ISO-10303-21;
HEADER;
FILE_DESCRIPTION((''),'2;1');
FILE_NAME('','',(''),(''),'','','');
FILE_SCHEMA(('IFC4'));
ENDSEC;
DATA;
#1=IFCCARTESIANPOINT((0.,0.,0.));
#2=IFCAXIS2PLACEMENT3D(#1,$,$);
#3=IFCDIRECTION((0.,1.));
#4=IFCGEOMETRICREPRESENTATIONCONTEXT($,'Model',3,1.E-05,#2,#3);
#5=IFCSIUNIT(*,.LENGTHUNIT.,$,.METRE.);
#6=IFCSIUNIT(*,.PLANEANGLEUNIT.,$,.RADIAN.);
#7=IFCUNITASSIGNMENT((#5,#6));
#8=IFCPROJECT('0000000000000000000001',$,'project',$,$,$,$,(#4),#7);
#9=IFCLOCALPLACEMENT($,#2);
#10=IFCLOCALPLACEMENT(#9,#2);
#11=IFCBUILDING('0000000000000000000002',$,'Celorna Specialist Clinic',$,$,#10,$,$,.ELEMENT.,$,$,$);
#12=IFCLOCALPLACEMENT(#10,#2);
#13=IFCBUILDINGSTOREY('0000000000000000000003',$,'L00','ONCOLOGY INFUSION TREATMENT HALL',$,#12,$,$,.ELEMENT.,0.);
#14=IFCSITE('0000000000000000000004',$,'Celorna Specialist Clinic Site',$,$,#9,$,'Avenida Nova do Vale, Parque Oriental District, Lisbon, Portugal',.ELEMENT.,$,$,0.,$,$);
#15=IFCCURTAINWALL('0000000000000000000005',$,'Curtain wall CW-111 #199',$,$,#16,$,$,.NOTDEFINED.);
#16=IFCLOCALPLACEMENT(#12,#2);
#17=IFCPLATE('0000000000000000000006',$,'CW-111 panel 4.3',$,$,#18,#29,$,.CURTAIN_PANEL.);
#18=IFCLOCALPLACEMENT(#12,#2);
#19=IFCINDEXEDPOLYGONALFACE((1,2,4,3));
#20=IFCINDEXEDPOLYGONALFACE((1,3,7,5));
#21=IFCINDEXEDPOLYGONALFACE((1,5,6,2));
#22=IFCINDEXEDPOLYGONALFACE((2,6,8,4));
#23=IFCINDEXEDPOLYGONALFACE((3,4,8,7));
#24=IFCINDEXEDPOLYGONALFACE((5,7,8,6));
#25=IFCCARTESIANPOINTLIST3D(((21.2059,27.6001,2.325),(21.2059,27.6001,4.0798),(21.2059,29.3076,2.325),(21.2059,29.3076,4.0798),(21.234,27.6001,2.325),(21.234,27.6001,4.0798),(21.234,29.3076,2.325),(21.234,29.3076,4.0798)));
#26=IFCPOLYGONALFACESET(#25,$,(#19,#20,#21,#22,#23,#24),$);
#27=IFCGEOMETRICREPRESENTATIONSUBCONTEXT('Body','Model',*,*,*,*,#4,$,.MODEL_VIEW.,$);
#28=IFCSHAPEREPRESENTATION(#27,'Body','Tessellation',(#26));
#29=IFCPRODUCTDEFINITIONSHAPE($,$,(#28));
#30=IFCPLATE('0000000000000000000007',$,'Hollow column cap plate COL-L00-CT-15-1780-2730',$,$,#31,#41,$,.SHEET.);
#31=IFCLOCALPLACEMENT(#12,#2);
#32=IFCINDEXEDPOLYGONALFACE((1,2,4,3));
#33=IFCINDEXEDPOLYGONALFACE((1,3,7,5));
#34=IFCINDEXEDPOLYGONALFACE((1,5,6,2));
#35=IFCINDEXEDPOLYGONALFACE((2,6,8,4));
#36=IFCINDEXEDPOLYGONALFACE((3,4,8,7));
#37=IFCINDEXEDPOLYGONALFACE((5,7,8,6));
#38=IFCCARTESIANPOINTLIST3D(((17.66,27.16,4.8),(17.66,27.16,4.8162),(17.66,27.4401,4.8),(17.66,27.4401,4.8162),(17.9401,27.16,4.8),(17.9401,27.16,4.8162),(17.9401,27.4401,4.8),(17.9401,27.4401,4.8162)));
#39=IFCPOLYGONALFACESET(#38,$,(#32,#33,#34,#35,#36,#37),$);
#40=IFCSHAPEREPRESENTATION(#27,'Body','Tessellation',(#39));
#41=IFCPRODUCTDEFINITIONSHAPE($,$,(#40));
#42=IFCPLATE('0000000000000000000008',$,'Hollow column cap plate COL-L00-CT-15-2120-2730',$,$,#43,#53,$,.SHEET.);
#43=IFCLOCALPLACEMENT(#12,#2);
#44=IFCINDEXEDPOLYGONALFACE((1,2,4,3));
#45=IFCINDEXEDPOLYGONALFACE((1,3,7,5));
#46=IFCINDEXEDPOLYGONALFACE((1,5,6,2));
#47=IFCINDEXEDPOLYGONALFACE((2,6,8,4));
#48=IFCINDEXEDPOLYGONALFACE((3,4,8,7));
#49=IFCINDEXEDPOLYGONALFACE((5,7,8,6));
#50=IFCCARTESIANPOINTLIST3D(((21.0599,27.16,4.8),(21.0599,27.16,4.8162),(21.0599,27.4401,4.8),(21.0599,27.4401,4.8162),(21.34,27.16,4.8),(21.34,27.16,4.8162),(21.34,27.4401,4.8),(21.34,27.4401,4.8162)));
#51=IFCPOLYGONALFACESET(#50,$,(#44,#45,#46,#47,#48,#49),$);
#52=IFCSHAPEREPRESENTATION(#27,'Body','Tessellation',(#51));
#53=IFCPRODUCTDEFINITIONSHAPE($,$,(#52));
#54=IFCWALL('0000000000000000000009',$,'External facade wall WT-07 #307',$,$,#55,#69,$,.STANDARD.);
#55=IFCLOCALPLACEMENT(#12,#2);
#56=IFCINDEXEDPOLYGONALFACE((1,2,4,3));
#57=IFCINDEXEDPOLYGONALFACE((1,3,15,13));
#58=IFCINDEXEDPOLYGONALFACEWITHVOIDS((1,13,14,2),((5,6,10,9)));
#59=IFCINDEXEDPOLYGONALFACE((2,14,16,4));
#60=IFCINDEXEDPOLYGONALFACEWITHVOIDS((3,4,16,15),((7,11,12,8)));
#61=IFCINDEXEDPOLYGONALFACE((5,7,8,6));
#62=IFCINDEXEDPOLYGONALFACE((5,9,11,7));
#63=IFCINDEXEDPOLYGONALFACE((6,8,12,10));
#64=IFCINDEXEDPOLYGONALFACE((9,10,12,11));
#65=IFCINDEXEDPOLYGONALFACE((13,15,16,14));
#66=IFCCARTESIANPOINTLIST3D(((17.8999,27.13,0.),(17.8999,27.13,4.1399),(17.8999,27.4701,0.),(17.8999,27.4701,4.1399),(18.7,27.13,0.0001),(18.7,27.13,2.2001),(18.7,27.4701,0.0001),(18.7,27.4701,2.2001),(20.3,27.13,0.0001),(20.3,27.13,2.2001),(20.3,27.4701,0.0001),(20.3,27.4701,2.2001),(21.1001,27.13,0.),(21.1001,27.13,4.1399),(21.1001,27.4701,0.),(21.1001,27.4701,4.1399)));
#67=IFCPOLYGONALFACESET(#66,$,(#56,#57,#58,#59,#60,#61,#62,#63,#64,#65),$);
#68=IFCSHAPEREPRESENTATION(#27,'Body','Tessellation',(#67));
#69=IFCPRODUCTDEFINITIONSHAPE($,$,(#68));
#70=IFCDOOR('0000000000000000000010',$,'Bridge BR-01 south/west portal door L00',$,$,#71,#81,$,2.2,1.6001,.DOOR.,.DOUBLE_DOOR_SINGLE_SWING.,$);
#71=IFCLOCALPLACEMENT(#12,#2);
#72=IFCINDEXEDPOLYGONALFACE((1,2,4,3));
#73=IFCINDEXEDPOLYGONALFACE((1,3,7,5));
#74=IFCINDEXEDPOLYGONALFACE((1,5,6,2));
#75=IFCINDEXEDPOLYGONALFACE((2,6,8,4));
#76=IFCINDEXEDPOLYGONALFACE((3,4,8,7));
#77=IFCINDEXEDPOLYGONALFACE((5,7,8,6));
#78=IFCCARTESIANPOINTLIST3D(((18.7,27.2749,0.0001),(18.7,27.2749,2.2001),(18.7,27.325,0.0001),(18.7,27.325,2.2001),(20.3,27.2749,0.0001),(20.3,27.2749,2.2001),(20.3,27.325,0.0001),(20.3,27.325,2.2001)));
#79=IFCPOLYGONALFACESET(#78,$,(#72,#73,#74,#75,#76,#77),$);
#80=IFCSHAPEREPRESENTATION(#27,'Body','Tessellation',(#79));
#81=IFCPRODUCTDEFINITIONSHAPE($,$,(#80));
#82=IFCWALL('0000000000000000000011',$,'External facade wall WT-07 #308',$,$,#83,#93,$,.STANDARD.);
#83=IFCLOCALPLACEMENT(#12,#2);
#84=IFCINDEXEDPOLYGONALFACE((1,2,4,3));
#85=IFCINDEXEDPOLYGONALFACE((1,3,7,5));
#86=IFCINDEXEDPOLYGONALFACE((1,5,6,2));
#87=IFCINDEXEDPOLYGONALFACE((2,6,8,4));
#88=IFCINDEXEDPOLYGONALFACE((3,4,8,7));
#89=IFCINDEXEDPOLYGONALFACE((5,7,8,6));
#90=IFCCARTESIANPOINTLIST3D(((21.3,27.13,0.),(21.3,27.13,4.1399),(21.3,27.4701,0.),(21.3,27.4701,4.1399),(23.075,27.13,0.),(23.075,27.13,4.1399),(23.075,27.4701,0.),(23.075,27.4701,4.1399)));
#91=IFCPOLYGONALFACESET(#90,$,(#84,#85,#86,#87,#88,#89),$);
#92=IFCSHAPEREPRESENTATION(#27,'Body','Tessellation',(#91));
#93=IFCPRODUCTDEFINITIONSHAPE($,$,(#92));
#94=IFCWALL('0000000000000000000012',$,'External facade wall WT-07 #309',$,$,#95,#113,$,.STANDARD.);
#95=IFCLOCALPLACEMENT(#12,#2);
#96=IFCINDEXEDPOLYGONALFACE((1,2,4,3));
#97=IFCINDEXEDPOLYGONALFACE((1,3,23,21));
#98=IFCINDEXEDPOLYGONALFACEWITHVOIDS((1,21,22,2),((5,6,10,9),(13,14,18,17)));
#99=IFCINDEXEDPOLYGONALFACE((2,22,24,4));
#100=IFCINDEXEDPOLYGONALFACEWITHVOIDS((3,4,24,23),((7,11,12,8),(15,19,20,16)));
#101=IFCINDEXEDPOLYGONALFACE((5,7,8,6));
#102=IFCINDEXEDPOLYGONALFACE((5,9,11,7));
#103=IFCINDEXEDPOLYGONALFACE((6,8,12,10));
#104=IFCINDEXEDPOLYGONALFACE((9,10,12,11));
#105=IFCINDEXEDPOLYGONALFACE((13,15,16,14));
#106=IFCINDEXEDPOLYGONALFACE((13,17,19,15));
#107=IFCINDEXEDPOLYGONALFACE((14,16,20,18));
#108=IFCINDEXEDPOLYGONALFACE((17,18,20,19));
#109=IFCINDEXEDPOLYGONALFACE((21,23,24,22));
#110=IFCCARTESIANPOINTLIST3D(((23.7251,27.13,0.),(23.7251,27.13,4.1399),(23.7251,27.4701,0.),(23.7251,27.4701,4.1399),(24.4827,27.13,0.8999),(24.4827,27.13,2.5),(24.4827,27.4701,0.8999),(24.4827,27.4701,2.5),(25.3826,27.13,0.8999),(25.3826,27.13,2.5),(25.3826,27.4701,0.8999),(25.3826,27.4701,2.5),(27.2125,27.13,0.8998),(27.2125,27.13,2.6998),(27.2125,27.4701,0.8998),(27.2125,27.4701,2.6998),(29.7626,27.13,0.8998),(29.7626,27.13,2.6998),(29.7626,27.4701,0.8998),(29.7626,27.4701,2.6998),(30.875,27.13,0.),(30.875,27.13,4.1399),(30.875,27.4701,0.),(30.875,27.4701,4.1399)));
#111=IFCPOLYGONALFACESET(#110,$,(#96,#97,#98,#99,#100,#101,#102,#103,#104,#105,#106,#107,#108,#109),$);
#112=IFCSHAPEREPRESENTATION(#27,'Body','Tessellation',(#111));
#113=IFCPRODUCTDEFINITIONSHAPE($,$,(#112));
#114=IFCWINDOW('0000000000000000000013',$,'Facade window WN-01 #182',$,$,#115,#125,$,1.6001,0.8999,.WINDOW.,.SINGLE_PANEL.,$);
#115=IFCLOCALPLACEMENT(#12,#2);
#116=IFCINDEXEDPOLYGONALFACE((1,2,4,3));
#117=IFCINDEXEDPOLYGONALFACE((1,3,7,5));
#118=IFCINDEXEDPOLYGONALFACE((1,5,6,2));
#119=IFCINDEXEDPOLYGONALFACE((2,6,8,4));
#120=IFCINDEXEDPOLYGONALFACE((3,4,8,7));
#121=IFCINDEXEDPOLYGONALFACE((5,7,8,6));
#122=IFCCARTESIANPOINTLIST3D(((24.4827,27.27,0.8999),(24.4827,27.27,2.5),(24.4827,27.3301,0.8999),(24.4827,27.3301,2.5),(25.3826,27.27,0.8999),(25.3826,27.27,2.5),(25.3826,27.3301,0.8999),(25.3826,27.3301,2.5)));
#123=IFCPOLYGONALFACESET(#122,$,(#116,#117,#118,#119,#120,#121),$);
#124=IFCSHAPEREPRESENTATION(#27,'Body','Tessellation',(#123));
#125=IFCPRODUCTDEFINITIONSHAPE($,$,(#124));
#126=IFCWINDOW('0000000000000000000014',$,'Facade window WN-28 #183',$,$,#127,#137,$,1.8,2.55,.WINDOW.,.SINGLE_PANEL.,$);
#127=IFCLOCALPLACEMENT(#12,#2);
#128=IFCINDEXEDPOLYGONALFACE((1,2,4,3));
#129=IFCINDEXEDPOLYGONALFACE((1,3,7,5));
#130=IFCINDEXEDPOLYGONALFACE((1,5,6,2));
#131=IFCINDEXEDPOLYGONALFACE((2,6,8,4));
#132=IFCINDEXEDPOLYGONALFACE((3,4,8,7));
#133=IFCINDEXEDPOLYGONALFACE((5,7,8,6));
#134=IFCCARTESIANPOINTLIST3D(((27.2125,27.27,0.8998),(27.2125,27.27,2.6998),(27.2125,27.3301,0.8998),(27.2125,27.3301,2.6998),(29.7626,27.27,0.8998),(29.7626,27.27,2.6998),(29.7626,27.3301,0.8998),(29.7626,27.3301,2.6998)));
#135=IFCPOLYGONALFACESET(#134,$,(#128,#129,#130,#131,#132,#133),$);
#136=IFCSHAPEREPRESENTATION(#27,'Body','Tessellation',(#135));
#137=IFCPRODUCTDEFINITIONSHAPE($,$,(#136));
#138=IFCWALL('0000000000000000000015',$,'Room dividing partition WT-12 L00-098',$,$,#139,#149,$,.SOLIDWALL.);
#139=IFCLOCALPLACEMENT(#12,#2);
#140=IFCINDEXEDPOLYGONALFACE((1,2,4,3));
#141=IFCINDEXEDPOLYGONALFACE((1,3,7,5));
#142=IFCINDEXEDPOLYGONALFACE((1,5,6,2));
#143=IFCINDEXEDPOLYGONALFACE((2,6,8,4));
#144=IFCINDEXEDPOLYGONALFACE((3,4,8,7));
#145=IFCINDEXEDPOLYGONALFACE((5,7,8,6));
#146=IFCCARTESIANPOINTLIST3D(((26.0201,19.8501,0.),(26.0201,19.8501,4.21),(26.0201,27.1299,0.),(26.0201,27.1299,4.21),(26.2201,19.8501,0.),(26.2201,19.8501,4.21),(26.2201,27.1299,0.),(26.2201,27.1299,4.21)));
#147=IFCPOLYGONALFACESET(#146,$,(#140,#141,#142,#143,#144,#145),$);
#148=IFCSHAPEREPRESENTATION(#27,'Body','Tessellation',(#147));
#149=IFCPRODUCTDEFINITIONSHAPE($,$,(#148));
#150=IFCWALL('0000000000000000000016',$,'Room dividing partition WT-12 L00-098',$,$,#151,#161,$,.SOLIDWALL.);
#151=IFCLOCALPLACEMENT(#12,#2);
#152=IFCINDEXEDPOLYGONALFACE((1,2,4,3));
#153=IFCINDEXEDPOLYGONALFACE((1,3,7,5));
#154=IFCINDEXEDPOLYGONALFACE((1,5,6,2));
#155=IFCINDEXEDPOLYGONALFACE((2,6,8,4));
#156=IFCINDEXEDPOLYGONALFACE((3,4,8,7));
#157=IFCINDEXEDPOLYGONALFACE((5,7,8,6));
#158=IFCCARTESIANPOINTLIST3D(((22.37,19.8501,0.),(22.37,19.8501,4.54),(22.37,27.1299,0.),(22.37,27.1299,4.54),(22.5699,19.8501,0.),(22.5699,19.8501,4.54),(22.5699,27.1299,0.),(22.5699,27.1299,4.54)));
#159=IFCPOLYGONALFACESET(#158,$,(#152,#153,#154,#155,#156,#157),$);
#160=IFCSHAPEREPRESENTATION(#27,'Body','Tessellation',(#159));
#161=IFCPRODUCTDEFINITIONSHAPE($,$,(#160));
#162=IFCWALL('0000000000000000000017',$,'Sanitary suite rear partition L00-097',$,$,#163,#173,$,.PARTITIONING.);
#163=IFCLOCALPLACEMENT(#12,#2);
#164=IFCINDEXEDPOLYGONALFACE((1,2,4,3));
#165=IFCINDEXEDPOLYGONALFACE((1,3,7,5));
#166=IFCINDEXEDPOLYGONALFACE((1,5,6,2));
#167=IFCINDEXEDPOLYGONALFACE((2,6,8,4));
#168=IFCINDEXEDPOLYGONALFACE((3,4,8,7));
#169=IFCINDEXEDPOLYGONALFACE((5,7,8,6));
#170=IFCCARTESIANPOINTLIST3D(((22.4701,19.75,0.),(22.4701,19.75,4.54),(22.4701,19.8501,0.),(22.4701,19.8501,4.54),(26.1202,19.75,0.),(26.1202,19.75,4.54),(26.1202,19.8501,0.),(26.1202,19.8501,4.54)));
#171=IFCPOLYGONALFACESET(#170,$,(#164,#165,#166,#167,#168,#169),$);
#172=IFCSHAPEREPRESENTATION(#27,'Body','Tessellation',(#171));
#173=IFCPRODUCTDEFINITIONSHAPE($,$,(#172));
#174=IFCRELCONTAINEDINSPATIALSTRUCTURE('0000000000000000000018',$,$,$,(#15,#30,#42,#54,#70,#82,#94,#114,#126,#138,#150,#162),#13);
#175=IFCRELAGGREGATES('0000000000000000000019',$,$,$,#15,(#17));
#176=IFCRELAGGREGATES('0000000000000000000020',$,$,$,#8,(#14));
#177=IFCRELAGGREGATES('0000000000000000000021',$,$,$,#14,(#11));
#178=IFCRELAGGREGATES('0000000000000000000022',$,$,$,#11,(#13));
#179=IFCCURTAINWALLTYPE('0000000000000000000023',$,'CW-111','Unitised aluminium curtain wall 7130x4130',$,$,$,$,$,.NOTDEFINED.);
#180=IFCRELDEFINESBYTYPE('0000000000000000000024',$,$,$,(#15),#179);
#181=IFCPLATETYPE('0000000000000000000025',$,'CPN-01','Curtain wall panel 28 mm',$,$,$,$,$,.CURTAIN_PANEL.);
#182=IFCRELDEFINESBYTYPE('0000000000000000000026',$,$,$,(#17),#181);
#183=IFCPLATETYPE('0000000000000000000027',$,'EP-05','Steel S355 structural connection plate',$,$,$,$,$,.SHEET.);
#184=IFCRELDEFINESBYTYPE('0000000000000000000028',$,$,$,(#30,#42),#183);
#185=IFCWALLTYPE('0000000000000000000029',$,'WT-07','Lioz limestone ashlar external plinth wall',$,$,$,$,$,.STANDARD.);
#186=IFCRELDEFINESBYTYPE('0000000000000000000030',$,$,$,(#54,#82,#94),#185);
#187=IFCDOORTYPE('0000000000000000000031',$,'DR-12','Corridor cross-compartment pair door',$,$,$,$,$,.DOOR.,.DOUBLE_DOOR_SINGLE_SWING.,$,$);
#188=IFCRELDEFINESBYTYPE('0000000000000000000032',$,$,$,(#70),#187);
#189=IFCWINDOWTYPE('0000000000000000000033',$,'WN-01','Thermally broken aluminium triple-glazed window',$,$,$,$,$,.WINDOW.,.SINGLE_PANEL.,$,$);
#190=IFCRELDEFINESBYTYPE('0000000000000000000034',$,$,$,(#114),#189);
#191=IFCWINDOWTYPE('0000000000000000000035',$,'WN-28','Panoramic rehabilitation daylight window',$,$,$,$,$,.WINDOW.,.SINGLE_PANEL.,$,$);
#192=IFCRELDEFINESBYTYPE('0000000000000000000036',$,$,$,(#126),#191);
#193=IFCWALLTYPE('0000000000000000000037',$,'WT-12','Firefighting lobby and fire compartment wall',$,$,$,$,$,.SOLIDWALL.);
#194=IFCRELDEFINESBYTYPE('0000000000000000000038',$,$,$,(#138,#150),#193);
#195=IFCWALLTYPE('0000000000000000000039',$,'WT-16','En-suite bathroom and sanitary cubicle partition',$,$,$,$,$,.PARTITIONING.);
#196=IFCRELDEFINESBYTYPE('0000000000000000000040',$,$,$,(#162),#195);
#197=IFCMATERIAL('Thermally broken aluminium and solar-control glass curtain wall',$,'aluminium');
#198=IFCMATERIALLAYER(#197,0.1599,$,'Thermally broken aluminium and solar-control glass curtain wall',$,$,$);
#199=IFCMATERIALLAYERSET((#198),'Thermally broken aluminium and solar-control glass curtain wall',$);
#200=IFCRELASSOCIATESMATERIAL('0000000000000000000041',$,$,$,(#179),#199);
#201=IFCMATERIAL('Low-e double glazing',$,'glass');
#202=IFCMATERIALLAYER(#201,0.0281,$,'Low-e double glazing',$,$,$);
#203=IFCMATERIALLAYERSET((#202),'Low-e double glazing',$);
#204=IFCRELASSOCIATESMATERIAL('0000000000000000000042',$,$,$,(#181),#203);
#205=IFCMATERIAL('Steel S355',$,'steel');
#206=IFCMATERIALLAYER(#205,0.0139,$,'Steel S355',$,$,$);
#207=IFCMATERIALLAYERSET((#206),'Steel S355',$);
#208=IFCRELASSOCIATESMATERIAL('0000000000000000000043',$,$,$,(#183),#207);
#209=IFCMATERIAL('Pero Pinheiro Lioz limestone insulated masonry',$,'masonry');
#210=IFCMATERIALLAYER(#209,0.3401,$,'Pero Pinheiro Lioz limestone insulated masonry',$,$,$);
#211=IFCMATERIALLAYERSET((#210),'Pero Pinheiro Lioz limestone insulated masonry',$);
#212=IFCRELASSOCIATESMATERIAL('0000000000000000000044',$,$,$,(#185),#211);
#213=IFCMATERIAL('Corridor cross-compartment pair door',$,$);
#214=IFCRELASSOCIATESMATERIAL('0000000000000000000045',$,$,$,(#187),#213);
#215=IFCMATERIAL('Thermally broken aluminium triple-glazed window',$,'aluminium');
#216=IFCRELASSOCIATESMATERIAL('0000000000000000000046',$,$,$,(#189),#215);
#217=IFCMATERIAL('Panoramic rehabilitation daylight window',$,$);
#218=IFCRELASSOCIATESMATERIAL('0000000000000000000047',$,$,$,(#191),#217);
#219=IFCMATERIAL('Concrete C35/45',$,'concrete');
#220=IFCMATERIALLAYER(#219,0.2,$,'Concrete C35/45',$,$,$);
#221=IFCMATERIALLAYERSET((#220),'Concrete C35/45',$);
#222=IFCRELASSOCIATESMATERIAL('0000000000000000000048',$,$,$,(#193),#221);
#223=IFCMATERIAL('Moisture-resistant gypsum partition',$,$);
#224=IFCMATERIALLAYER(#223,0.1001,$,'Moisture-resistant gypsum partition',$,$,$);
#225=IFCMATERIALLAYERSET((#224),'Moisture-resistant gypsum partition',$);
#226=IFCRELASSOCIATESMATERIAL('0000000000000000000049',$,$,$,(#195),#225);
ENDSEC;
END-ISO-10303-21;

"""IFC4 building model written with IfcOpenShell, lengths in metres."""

from ifc_helpers import new_model, si_unit, direction, frame, frame_2d, origin, origin_2d, place, context, subcontext, project, spatial, rectangle, extrude, material, layer, layer_set, type_object, element, fill, aggregate, save


model = new_model("IFC4")

# Units and contexts
model_context = context("Model", 3, precision=1e-05, world=origin(), true_north=direction((0.0, 1.0)))
body_context = subcontext(model_context, "Body", "Model", "MODEL_VIEW")
ifc_project = project(units=[si_unit("LENGTHUNIT", "METRE"), si_unit("PLANEANGLEUNIT", "RADIAN")], contexts=[model_context])

# Site, building, storey
site_placement = place(None, origin())
site = spatial("IfcSite", under=ifc_project, at=site_placement, Name="Celorna Specialist Clinic Site", LongName="Avenida Nova do Vale, Parque Oriental District, Lisbon, Portugal", CompositionType="ELEMENT", RefElevation=0.0)
building_placement = place(site_placement, origin())
building = spatial("IfcBuilding", under=site, at=building_placement, Name="Celorna Specialist Clinic", CompositionType="ELEMENT")
storey_placement = place(building_placement, origin())
storey = spatial("IfcBuildingStorey", under=building, at=storey_placement, Name="L00", Description="ONCOLOGY INFUSION TREATMENT HALL", CompositionType="ELEMENT", Elevation=0.0)

# Shared definitions
ifc_material_1 = material(Name="Steel S355", Category="steel")

# Shared definitions
ifc_material_2 = material(Name="Concrete C35/45", Category="concrete")

# Curtain wall
ifc_material_3 = material(Name="Thermally broken aluminium and solar-control glass curtain wall", Category="aluminium")
ifc_layer_1 = layer(ifc_material_3, 0.1599, Name="Thermally broken aluminium and solar-control glass curtain wall")
ifc_layer_set_1 = layer_set([ifc_layer_1], Name="Thermally broken aluminium and solar-control glass curtain wall")
curtain_wall_type = type_object("IfcCurtainWallType", Name="CW-111", Description="Unitised aluminium curtain wall 7130x4130", PredefinedType="NOTDEFINED", material=ifc_layer_set_1)
curtain_wall_1_placement = place(storey_placement, origin())
curtain_wall_1 = element("IfcCurtainWall", 1, at=curtain_wall_1_placement, inside=storey, type_object=curtain_wall_type, Name="Curtain wall CW-111 #199", PredefinedType="NOTDEFINED")

# Shared definitions
ifc_material_4 = material(Name="Low-e double glazing", Category="glass")
ifc_layer_2 = layer(ifc_material_4, 0.0281, Name="Low-e double glazing")
ifc_layer_set_2 = layer_set([ifc_layer_2], Name="Low-e double glazing")
plate_type_1 = type_object("IfcPlateType", Name="CPN-01", Description="Curtain wall panel 28 mm", PredefinedType="CURTAIN_PANEL", material=ifc_layer_set_2)

# Plate
plate_1_placement = place(storey_placement, frame((21.22, 28.4539, 2.325), z_axis=(0.0, 0.0, 1.0), x_axis=(0.0, -1.0, 0.0)))
plate_1 = element("IfcPlate", 2, at=plate_1_placement, type_object=plate_type_1, Name="CW-111 panel 4.3", PredefinedType="CURTAIN_PANEL", context=body_context, shape_type="SweptSolid", body=[
    extrude(rectangle(XDim=1.7075, YDim=0.0281, at=origin_2d()), origin(), (0.0, 0.0, 1.0), 1.7549),
])
aggregate(curtain_wall_1, [plate_1])

# Plates
ifc_layer_3 = layer(ifc_material_1, 0.0139, Name="Steel S355")
ifc_layer_set_3 = layer_set([ifc_layer_3], Name="Steel S355")
plate_type_2 = type_object("IfcPlateType", Name="EP-05", Description="Steel S355 structural connection plate", PredefinedType="SHEET", material=ifc_layer_set_3)
for number, where, z_axis, x_axis, name in (
    (3, (17.8, 27.3, 4.8), (0.0, 0.0, 1.0), (1.0, 0.0, 0.0), "Hollow column cap plate COL-L00-CT-15-1780-2730"),
    (4, (21.2, 27.3, 4.8), (0.0, 0.0, 1.0), (1.0, 0.0, 0.0), "Hollow column cap plate COL-L00-CT-15-2120-2730"),
):
    element("IfcPlate", number, at=place(storey_placement, frame(where, z_axis=z_axis, x_axis=x_axis)), inside=storey, type_object=plate_type_2, Name=name, PredefinedType="SHEET", context=body_context, shape_type="SweptSolid", body=[
        extrude(rectangle(XDim=0.28, YDim=0.28, at=origin_2d()), origin(), (0.0, 0.0, 1.0), 0.0161),
    ])

# Wall, opening, door
ifc_material_5 = material(Name="Pero Pinheiro Lioz limestone insulated masonry", Category="masonry")
ifc_layer_4 = layer(ifc_material_5, 0.3401, Name="Pero Pinheiro Lioz limestone insulated masonry")
ifc_layer_set_4 = layer_set([ifc_layer_4], Name="Pero Pinheiro Lioz limestone insulated masonry")
wall_type_1 = type_object("IfcWallType", Name="WT-07", Description="Lioz limestone ashlar external plinth wall", PredefinedType="STANDARD", material=ifc_layer_set_4)
wall_1_placement = place(storey_placement, frame((17.8999, 27.3, 0.0), z_axis=(0.0, 0.0, 1.0), x_axis=(1.0, 0.0, 0.0)))
wall_1 = element("IfcWall", 5, at=wall_1_placement, inside=storey, type_object=wall_type_1, Name="External facade wall WT-07 #307", PredefinedType="STANDARD", context=body_context, shape_type="SweptSolid", body=[
    extrude(rectangle(XDim=3.2002, YDim=0.3401, at=frame_2d((1.6001, 0.0))), origin(), (0.0, 0.0, 1.0), 4.1399),
])
opening_1_placement = place(wall_1_placement, frame((0.8, 0.0, 0.0)))
opening_1 = element("IfcOpeningElement", 6, at=opening_1_placement, cuts=wall_1, PredefinedType="OPENING", context=body_context, shape_type="SweptSolid", body=[
    extrude(rectangle(XDim=1.6001, YDim=2.2, at=frame_2d((0.8, 1.1001))), frame((0.0, 0.1799, 0.0), z_axis=(0.0, -1.0, 0.0), x_axis=(1.0, 0.0, 0.0)), (0.0, 0.0, 1.0), 0.3601),
])
ifc_material_6 = material(Name="Corridor cross-compartment pair door")
door_type = type_object("IfcDoorType", Name="DR-12", Description="Corridor cross-compartment pair door", OperationType="DOUBLE_DOOR_SINGLE_SWING", PredefinedType="DOOR", material=ifc_material_6)
door_placement = place(opening_1_placement, origin())
door = element("IfcDoor", 7, at=door_placement, inside=storey, type_object=door_type, Name="Bridge BR-01 south/west portal door L00", OperationType="DOUBLE_DOOR_SINGLE_SWING", OverallHeight=2.2, OverallWidth=1.6001, PredefinedType="DOOR", context=body_context, shape_type="SweptSolid", body=[
    extrude(rectangle(XDim=1.6001, YDim=2.2, at=frame_2d((0.8, 1.1001))), frame((0.0, 0.0249, 0.0), z_axis=(0.0, -1.0, 0.0), x_axis=(1.0, 0.0, 0.0)), (0.0, 0.0, 1.0), 0.05),
])
fill(opening_1, door)

# Wall
wall_2_placement = place(storey_placement, frame((21.3, 27.3, 0.0), z_axis=(0.0, 0.0, 1.0), x_axis=(1.0, 0.0, 0.0)))
element("IfcWall", 8, at=wall_2_placement, inside=storey, type_object=wall_type_1, Name="External facade wall WT-07 #308", PredefinedType="STANDARD", context=body_context, shape_type="SweptSolid", body=[
    extrude(rectangle(XDim=1.7749, YDim=0.3401, at=frame_2d((0.8875, 0.0))), origin(), (0.0, 0.0, 1.0), 4.1399),
])

# Wall, openings, windows
wall_3_placement = place(storey_placement, frame((23.7251, 27.3, 0.0), z_axis=(0.0, 0.0, 1.0), x_axis=(1.0, 0.0, 0.0)))
wall_3 = element("IfcWall", 9, at=wall_3_placement, inside=storey, type_object=wall_type_1, Name="External facade wall WT-07 #309", PredefinedType="STANDARD", context=body_context, shape_type="SweptSolid", body=[
    extrude(rectangle(XDim=7.1499, YDim=0.3401, at=frame_2d((3.575, 0.0))), origin(), (0.0, 0.0, 1.0), 4.1399),
])
opening_2_placement = place(wall_3_placement, frame((0.7576, 0.0, 0.8999)))
opening_2 = element("IfcOpeningElement", 10, at=opening_2_placement, cuts=wall_3, PredefinedType="OPENING", context=body_context, shape_type="SweptSolid", body=[
    extrude(rectangle(XDim=0.8999, YDim=1.6001, at=frame_2d((0.45, 0.8))), frame((0.0, 0.1799, 0.0), z_axis=(0.0, -1.0, 0.0), x_axis=(1.0, 0.0, 0.0)), (0.0, 0.0, 1.0), 0.3601),
])
opening_3_placement = place(wall_3_placement, frame((3.4875, 0.0, 0.8999)))
opening_3 = element("IfcOpeningElement", 11, at=opening_3_placement, cuts=wall_3, PredefinedType="OPENING", context=body_context, shape_type="SweptSolid", body=[
    extrude(rectangle(XDim=2.55, YDim=1.8, at=frame_2d((1.2749, 0.8999))), frame((0.0, 0.1799, 0.0), z_axis=(0.0, -1.0, 0.0), x_axis=(1.0, 0.0, 0.0)), (0.0, 0.0, 1.0), 0.3601),
])
ifc_material_7 = material(Name="Thermally broken aluminium triple-glazed window", Category="aluminium")
window_type_1 = type_object("IfcWindowType", Name="WN-01", Description="Thermally broken aluminium triple-glazed window", PartitioningType="SINGLE_PANEL", PredefinedType="WINDOW", material=ifc_material_7)
window_1_placement = place(opening_2_placement, origin())
window_1 = element("IfcWindow", 12, at=window_1_placement, inside=storey, type_object=window_type_1, Name="Facade window WN-01 #182", OverallHeight=1.6001, OverallWidth=0.8999, PartitioningType="SINGLE_PANEL", PredefinedType="WINDOW", context=body_context, shape_type="SweptSolid", body=[
    extrude(rectangle(XDim=0.8999, YDim=1.6001, at=frame_2d((0.45, 0.8))), frame((0.0, 0.03, 0.0), z_axis=(0.0, -1.0, 0.0), x_axis=(1.0, 0.0, 0.0)), (0.0, 0.0, 1.0), 0.0601),
])
fill(opening_2, window_1)
ifc_material_8 = material(Name="Panoramic rehabilitation daylight window")
window_type_2 = type_object("IfcWindowType", Name="WN-28", Description="Panoramic rehabilitation daylight window", PartitioningType="SINGLE_PANEL", PredefinedType="WINDOW", material=ifc_material_8)
window_2_placement = place(opening_3_placement, origin())
window_2 = element("IfcWindow", 13, at=window_2_placement, inside=storey, type_object=window_type_2, Name="Facade window WN-28 #183", OverallHeight=1.8, OverallWidth=2.55, PartitioningType="SINGLE_PANEL", PredefinedType="WINDOW", context=body_context, shape_type="SweptSolid", body=[
    extrude(rectangle(XDim=2.55, YDim=1.8, at=frame_2d((1.2749, 0.8999))), frame((0.0, 0.03, 0.0), z_axis=(0.0, -1.0, 0.0), x_axis=(1.0, 0.0, 0.0)), (0.0, 0.0, 1.0), 0.0601),
])
fill(opening_3, window_2)

# Walls
ifc_layer_5 = layer(ifc_material_2, 0.2, Name="Concrete C35/45")
ifc_layer_set_5 = layer_set([ifc_layer_5], Name="Concrete C35/45")
wall_type_2 = type_object("IfcWallType", Name="WT-12", Description="Firefighting lobby and fire compartment wall", PredefinedType="SOLIDWALL", material=ifc_layer_set_5)
wall_4_placement = place(storey_placement, frame((26.1201, 19.8501, 0.0), z_axis=(0.0, 0.0, 1.0), x_axis=(0.0, 1.0, 0.0)))
element("IfcWall", 14, at=wall_4_placement, inside=storey, type_object=wall_type_2, Name="Room dividing partition WT-12 L00-098", PredefinedType="SOLIDWALL", context=body_context, shape_type="SweptSolid", body=[
    extrude(rectangle(XDim=7.2798, YDim=0.2, at=frame_2d((3.6399, 0.0))), origin(), (0.0, 0.0, 1.0), 4.21),
])
wall_5_placement = place(storey_placement, frame((22.47, 19.8501, 0.0), z_axis=(0.0, 0.0, 1.0), x_axis=(0.0, 1.0, 0.0)))
element("IfcWall", 15, at=wall_5_placement, inside=storey, type_object=wall_type_2, Name="Room dividing partition WT-12 L00-098", PredefinedType="SOLIDWALL", context=body_context, shape_type="SweptSolid", body=[
    extrude(rectangle(XDim=7.2798, YDim=0.2, at=frame_2d((3.6399, 0.0))), origin(), (0.0, 0.0, 1.0), 4.54),
])
ifc_material_9 = material(Name="Moisture-resistant gypsum partition")
ifc_layer_6 = layer(ifc_material_9, 0.1001, Name="Moisture-resistant gypsum partition")
ifc_layer_set_6 = layer_set([ifc_layer_6], Name="Moisture-resistant gypsum partition")
wall_type_3 = type_object("IfcWallType", Name="WT-16", Description="En-suite bathroom and sanitary cubicle partition", PredefinedType="PARTITIONING", material=ifc_layer_set_6)
wall_6_placement = place(storey_placement, frame((22.47, 19.8, 0.0), z_axis=(0.0, 0.0, 1.0), x_axis=(1.0, 0.0, 0.0)))
element("IfcWall", 16, at=wall_6_placement, inside=storey, type_object=wall_type_3, Name="Sanitary suite rear partition L00-097", PredefinedType="PARTITIONING", context=body_context, shape_type="SweptSolid", body=[
    extrude(rectangle(XDim=3.6501, YDim=0.1001, at=frame_2d((1.8252, 0.0))), origin(), (0.0, 0.0, 1.0), 4.54),
])

save(model, "model.ifc")
